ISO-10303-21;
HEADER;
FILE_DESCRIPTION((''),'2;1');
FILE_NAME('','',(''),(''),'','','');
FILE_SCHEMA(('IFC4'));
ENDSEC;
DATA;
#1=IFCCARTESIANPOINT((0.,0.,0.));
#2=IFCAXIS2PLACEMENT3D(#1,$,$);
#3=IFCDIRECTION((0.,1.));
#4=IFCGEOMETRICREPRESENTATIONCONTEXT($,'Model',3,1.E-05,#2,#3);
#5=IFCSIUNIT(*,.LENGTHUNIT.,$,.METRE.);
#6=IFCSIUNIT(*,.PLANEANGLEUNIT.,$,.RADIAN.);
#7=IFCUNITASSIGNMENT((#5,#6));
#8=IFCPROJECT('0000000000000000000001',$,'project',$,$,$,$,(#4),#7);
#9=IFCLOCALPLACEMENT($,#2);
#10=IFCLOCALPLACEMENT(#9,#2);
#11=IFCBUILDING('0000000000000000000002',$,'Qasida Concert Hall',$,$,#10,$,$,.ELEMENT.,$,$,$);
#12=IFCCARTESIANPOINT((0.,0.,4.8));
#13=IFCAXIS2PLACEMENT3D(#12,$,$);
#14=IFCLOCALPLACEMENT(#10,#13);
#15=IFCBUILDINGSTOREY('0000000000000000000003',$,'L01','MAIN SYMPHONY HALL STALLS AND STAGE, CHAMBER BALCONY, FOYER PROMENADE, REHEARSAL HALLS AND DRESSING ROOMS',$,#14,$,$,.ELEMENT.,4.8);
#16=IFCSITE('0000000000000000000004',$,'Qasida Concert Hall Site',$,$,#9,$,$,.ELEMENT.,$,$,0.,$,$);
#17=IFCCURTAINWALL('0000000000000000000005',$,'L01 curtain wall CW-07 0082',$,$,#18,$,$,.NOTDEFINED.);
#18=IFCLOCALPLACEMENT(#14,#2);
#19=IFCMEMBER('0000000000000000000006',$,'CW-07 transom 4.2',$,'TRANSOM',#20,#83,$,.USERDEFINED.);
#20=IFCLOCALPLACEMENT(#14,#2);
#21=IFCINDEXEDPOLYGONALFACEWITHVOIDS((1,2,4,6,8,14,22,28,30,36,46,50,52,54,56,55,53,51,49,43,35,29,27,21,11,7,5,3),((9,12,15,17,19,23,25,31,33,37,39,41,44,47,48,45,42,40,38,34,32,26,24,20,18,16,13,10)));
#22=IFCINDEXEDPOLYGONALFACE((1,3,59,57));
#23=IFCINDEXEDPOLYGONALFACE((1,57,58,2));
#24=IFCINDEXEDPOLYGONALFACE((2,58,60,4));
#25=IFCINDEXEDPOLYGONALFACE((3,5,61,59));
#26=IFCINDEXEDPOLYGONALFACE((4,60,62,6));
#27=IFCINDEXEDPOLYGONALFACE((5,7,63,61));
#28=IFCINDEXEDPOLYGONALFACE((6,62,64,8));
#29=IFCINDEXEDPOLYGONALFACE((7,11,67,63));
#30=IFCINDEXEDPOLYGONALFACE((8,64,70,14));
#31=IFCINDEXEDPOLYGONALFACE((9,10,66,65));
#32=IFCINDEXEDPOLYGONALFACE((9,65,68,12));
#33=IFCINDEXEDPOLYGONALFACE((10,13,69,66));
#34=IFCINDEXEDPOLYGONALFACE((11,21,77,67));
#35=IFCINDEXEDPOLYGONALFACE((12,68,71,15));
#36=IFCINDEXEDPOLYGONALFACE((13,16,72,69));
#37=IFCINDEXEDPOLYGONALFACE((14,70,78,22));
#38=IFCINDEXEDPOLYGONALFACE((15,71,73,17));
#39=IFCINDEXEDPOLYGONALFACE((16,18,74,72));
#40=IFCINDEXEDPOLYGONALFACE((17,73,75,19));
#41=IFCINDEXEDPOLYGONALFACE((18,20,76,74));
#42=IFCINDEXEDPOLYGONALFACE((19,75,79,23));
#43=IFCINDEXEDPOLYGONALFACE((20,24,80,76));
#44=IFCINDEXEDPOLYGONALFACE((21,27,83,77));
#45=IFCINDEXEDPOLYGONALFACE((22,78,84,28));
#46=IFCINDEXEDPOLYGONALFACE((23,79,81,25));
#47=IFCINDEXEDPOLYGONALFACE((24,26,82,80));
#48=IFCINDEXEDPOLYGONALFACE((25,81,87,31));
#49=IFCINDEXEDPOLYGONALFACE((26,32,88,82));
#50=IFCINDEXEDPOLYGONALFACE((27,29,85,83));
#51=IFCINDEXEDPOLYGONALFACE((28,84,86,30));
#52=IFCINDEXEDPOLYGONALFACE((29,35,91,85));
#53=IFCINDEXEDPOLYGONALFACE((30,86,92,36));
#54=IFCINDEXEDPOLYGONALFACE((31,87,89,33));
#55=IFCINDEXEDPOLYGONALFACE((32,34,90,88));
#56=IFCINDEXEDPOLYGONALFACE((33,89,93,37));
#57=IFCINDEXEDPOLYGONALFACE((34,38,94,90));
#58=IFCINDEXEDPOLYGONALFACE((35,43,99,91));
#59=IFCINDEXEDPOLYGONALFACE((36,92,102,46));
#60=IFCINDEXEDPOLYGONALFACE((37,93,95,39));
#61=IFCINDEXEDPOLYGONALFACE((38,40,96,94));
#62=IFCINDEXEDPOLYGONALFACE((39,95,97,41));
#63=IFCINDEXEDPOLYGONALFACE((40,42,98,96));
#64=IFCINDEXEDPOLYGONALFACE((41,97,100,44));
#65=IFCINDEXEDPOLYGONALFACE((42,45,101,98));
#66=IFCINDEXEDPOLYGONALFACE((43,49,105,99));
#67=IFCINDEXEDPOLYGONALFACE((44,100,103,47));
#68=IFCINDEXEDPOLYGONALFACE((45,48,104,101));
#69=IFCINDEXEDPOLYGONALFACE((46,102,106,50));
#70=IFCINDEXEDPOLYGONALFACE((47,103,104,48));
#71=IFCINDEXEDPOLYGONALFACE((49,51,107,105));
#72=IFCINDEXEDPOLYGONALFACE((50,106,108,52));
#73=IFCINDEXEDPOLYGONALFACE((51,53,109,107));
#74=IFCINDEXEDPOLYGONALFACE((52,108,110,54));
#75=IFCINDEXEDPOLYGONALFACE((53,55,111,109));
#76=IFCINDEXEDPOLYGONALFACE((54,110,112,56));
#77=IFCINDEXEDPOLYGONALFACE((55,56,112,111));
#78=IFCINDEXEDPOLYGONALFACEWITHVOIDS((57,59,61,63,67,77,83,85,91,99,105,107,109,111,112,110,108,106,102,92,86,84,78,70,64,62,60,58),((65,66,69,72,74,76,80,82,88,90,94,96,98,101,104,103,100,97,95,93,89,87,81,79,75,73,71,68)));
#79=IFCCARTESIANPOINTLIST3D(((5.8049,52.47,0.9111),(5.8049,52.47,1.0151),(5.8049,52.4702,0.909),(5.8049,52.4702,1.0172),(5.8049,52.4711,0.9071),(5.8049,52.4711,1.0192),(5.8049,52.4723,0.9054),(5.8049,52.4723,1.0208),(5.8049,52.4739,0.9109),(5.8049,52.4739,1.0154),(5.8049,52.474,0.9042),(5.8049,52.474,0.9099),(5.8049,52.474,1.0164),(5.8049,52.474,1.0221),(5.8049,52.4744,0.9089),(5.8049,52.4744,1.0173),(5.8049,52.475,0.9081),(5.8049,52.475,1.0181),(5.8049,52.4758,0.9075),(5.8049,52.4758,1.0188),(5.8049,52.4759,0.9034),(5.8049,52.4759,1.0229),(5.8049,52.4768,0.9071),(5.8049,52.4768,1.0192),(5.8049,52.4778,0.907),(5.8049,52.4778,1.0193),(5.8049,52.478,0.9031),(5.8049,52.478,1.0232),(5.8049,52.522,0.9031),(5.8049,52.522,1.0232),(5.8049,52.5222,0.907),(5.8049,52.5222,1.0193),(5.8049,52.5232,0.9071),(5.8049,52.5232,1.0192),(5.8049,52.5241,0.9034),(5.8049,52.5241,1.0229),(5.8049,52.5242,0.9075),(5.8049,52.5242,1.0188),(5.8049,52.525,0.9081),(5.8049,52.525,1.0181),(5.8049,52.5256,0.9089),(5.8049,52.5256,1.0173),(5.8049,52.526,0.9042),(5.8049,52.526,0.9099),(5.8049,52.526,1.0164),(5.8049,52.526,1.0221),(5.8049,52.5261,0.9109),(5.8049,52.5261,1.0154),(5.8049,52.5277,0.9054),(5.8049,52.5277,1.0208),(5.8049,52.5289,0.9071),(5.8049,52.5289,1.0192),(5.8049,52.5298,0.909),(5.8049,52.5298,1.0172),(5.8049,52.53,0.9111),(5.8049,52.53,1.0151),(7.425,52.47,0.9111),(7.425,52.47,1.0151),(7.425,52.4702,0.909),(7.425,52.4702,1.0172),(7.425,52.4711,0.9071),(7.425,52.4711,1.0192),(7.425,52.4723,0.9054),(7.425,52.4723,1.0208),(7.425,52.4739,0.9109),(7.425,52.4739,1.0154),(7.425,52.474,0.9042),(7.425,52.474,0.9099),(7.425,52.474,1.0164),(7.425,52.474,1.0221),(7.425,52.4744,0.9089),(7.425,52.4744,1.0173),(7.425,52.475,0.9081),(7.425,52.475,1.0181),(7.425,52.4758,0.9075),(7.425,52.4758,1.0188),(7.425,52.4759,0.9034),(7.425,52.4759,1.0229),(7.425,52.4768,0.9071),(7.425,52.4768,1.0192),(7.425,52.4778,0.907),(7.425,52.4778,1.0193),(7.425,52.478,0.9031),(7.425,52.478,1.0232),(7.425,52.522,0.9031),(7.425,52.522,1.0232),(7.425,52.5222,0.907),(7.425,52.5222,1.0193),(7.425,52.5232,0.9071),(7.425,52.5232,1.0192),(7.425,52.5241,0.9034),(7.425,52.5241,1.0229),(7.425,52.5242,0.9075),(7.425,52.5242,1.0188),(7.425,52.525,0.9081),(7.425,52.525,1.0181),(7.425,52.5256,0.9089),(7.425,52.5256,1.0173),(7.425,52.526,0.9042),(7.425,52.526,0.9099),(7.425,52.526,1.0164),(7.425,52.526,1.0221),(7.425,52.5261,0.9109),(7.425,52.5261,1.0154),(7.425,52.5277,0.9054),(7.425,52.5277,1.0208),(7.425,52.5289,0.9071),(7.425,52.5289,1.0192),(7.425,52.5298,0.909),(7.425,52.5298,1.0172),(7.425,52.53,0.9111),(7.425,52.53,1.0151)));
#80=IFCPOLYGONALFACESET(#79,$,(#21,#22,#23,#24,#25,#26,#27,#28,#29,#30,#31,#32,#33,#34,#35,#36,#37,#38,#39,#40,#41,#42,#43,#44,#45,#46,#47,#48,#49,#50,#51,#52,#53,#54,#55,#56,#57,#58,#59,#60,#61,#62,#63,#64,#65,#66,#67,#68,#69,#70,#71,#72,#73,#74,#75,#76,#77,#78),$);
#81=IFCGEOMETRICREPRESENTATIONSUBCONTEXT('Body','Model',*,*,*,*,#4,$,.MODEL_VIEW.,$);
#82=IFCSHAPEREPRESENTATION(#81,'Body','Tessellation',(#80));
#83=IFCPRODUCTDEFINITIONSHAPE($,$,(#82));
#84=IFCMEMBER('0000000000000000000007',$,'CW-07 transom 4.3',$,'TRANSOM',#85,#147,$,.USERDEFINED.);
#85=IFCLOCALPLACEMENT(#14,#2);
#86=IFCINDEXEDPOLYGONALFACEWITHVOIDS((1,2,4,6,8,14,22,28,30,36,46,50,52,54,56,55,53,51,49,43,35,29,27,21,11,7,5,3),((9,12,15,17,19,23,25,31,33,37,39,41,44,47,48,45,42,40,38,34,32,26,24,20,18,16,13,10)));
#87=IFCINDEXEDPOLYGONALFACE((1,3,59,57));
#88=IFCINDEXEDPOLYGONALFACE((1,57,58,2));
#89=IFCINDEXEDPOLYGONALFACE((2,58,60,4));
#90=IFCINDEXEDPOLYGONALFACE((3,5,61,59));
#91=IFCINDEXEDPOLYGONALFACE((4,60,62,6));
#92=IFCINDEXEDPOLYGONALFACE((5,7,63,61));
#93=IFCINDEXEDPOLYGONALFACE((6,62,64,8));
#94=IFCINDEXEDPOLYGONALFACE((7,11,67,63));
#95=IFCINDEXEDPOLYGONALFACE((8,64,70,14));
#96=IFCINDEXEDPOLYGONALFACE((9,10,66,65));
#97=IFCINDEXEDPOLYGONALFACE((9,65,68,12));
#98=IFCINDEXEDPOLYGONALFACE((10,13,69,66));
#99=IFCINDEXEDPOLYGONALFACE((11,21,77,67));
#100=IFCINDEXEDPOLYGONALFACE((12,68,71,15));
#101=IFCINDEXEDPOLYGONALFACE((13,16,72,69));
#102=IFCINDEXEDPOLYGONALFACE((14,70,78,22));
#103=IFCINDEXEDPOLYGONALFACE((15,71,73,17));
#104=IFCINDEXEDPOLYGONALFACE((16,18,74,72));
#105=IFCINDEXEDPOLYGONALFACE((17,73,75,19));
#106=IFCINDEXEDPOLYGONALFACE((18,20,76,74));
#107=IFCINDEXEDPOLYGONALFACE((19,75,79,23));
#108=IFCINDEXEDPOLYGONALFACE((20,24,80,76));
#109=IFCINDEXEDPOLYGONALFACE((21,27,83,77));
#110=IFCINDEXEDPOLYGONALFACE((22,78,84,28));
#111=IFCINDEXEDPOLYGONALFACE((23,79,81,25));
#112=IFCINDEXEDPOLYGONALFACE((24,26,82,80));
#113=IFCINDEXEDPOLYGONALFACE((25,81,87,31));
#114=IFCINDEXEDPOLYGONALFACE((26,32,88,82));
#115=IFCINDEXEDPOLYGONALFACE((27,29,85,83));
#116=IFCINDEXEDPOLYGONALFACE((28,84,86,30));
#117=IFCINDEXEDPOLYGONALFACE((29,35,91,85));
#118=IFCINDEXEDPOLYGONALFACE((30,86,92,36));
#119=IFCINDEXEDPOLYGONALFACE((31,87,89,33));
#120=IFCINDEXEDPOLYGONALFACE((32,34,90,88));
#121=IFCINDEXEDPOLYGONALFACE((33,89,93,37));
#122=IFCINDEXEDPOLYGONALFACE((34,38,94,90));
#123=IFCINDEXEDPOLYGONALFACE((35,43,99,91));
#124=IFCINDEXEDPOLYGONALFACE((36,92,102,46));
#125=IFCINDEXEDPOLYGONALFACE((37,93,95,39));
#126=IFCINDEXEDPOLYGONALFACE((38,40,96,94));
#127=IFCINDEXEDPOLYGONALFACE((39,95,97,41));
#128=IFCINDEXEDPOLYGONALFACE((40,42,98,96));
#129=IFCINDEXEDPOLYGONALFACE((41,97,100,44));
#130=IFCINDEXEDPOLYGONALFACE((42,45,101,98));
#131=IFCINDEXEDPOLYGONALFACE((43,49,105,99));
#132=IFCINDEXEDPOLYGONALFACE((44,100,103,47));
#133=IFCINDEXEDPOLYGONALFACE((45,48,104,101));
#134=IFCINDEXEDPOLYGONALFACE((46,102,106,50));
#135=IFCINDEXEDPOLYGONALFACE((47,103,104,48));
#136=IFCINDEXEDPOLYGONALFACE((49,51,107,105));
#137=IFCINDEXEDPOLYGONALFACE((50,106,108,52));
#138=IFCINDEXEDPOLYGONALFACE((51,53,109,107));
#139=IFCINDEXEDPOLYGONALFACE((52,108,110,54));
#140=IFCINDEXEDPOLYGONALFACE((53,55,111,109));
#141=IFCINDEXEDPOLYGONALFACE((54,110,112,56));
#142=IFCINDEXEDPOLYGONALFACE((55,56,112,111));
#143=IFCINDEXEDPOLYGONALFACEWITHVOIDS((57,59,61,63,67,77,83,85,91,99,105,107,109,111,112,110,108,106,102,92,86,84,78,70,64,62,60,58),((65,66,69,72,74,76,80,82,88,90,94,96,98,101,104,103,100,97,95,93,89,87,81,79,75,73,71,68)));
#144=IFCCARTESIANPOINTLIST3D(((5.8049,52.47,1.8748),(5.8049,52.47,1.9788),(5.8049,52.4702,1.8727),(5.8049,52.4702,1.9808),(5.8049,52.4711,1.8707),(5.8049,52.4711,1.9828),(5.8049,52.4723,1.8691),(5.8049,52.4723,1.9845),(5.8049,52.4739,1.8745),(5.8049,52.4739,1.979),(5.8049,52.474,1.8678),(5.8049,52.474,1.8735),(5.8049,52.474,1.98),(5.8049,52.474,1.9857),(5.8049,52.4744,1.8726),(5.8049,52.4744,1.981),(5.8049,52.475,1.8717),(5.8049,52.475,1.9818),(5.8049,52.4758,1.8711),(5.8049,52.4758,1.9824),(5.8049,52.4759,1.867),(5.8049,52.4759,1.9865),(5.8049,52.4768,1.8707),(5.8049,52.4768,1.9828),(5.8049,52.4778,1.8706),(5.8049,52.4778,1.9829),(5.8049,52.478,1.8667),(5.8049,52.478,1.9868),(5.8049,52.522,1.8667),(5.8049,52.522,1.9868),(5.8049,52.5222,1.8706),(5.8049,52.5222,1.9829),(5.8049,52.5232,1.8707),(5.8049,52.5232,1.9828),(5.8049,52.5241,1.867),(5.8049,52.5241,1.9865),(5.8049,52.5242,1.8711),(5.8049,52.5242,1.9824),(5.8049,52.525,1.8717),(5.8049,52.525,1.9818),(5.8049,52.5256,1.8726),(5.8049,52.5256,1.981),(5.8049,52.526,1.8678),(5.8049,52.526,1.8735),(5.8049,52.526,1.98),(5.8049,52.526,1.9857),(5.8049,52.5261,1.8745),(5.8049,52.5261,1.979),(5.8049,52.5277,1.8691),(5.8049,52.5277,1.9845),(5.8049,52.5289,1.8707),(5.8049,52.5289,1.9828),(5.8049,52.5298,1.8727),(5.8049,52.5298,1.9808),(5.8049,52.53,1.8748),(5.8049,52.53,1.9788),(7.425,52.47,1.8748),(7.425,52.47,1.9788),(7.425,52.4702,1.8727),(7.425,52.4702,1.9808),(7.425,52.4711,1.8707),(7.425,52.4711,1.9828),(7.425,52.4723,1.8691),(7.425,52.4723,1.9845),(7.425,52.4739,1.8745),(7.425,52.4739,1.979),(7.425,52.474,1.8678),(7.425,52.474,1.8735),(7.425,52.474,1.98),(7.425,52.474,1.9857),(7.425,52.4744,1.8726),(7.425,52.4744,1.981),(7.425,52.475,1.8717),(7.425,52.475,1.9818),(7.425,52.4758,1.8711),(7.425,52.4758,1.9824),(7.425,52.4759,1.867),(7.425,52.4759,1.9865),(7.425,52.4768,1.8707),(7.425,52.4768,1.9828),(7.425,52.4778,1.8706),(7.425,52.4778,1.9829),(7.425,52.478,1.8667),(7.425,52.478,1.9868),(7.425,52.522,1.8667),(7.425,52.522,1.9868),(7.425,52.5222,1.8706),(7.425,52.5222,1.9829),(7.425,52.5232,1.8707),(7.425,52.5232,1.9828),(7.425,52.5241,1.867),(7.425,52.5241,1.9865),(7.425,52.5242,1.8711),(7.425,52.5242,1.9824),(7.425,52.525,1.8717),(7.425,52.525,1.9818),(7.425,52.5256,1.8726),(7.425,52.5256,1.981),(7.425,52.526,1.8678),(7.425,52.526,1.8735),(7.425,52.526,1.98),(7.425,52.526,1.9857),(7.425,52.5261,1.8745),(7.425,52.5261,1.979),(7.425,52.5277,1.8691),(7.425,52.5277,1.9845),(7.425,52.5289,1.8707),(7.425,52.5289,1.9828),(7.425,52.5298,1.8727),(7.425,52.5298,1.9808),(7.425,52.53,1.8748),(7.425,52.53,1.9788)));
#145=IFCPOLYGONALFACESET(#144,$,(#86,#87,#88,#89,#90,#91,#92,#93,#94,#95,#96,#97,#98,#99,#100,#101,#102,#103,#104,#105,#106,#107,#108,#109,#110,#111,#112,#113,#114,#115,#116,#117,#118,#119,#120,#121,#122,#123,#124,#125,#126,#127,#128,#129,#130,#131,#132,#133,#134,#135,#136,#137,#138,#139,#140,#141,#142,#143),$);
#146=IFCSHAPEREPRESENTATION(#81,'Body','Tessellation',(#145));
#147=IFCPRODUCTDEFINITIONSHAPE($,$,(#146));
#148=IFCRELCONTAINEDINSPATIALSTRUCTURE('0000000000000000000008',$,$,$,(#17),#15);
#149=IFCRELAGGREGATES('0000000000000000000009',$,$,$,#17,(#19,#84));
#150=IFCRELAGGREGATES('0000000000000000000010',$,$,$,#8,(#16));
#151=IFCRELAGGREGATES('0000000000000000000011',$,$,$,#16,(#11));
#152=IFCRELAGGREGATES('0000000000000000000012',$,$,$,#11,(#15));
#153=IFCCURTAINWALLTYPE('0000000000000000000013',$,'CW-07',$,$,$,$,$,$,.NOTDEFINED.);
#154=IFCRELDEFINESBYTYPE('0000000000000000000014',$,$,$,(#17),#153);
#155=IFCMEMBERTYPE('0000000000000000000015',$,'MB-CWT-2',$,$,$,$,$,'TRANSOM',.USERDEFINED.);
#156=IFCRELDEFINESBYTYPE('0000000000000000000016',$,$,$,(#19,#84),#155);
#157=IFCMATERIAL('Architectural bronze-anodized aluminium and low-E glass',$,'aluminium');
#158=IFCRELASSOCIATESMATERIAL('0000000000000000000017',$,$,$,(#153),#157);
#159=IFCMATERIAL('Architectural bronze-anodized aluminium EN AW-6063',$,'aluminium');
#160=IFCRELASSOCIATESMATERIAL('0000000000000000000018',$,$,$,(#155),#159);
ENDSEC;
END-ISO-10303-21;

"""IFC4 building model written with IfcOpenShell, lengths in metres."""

from ifc_helpers import new_model, si_unit, direction, frame, origin, origin_2d, place, context, subcontext, project, spatial, hollow_rectangle, extrude, material, material_profile, profile_set, type_object, element, aggregate, save


model = new_model("IFC4")

# Units and contexts
model_context = context("Model", 3, precision=1e-05, world=origin(), true_north=direction((0.0, 1.0)))
body_context = subcontext(model_context, "Body", "Model", "MODEL_VIEW")
ifc_project = project(units=[si_unit("LENGTHUNIT", "METRE"), si_unit("PLANEANGLEUNIT", "RADIAN")], contexts=[model_context])

# Site, building, storey
site_placement = place(None, origin())
site = spatial("IfcSite", under=ifc_project, at=site_placement, Name="Qasida Concert Hall Site", CompositionType="ELEMENT", RefElevation=0.0)
building_placement = place(site_placement, origin())
building = spatial("IfcBuilding", under=site, at=building_placement, Name="Qasida Concert Hall", CompositionType="ELEMENT")
storey_placement = place(building_placement, frame((0.0, 0.0, 4.8)))
storey = spatial("IfcBuildingStorey", under=building, at=storey_placement, Name="L01", Description="MAIN SYMPHONY HALL STALLS AND STAGE, CHAMBER BALCONY, FOYER PROMENADE, REHEARSAL HALLS AND DRESSING ROOMS", CompositionType="ELEMENT", Elevation=4.8)

# Curtain wall
ifc_material_1 = material(Name="Architectural bronze-anodized aluminium and low-E glass", Category="aluminium")
curtain_wall_type = type_object("IfcCurtainWallType", Name="CW-07", PredefinedType="NOTDEFINED", material=ifc_material_1)
curtain_wall_1_placement = place(storey_placement, origin())
curtain_wall_1 = element("IfcCurtainWall", 1, at=curtain_wall_1_placement, inside=storey, type_object=curtain_wall_type, Name="L01 curtain wall CW-07 0082", PredefinedType="NOTDEFINED")
ifc_material_2 = material(Name="Architectural bronze-anodized aluminium EN AW-6063", Category="aluminium")

# Members
ifc_material_profile_1 = material_profile(ifc_material_2, hollow_rectangle(XDim=0.0601, YDim=0.1201, WallThickness=0.0039, InnerFilletRadius=0.0039, OuterFilletRadius=0.0081, at=origin_2d()), Name="CWT 120x60x4")
ifc_profile_set_1 = profile_set([ifc_material_profile_1], Name="Architectural bronze-anodized aluminium EN AW-6063")
member_type_1 = type_object("IfcMemberType", Name="MB-CWT-2", ElementType="TRANSOM", PredefinedType="USERDEFINED", material=ifc_profile_set_1)
member_1_placement = place(storey_placement, frame((5.8049, 52.5, 0.9631), z_axis=(1.0, 0.0, 0.0), x_axis=(0.0, 1.0, 0.0)))
member_1 = element("IfcMember", 2, at=member_1_placement, type_object=member_type_1, Name="CW-07 transom 4.2", ObjectType="TRANSOM", PredefinedType="USERDEFINED", context=body_context, shape_type="SweptSolid", body=[
    extrude(hollow_rectangle(XDim=0.0601, YDim=0.1201, WallThickness=0.0039, InnerFilletRadius=0.0039, OuterFilletRadius=0.0081, at=origin_2d()), origin(), (0.0, 0.0, 1.0), 1.6201),
])
member_2_placement = place(storey_placement, frame((5.8049, 52.5, 1.9268), z_axis=(1.0, 0.0, 0.0), x_axis=(0.0, 1.0, 0.0)))
member_2 = element("IfcMember", 3, at=member_2_placement, type_object=member_type_1, Name="CW-07 transom 4.3", ObjectType="TRANSOM", PredefinedType="USERDEFINED", context=body_context, shape_type="SweptSolid", body=[
    extrude(hollow_rectangle(XDim=0.0601, YDim=0.1201, WallThickness=0.0039, InnerFilletRadius=0.0039, OuterFilletRadius=0.0081, at=origin_2d()), origin(), (0.0, 0.0, 1.0), 1.6201),
])

aggregate(curtain_wall_1, [member_1, member_2])

save(model, "model.ifc")
